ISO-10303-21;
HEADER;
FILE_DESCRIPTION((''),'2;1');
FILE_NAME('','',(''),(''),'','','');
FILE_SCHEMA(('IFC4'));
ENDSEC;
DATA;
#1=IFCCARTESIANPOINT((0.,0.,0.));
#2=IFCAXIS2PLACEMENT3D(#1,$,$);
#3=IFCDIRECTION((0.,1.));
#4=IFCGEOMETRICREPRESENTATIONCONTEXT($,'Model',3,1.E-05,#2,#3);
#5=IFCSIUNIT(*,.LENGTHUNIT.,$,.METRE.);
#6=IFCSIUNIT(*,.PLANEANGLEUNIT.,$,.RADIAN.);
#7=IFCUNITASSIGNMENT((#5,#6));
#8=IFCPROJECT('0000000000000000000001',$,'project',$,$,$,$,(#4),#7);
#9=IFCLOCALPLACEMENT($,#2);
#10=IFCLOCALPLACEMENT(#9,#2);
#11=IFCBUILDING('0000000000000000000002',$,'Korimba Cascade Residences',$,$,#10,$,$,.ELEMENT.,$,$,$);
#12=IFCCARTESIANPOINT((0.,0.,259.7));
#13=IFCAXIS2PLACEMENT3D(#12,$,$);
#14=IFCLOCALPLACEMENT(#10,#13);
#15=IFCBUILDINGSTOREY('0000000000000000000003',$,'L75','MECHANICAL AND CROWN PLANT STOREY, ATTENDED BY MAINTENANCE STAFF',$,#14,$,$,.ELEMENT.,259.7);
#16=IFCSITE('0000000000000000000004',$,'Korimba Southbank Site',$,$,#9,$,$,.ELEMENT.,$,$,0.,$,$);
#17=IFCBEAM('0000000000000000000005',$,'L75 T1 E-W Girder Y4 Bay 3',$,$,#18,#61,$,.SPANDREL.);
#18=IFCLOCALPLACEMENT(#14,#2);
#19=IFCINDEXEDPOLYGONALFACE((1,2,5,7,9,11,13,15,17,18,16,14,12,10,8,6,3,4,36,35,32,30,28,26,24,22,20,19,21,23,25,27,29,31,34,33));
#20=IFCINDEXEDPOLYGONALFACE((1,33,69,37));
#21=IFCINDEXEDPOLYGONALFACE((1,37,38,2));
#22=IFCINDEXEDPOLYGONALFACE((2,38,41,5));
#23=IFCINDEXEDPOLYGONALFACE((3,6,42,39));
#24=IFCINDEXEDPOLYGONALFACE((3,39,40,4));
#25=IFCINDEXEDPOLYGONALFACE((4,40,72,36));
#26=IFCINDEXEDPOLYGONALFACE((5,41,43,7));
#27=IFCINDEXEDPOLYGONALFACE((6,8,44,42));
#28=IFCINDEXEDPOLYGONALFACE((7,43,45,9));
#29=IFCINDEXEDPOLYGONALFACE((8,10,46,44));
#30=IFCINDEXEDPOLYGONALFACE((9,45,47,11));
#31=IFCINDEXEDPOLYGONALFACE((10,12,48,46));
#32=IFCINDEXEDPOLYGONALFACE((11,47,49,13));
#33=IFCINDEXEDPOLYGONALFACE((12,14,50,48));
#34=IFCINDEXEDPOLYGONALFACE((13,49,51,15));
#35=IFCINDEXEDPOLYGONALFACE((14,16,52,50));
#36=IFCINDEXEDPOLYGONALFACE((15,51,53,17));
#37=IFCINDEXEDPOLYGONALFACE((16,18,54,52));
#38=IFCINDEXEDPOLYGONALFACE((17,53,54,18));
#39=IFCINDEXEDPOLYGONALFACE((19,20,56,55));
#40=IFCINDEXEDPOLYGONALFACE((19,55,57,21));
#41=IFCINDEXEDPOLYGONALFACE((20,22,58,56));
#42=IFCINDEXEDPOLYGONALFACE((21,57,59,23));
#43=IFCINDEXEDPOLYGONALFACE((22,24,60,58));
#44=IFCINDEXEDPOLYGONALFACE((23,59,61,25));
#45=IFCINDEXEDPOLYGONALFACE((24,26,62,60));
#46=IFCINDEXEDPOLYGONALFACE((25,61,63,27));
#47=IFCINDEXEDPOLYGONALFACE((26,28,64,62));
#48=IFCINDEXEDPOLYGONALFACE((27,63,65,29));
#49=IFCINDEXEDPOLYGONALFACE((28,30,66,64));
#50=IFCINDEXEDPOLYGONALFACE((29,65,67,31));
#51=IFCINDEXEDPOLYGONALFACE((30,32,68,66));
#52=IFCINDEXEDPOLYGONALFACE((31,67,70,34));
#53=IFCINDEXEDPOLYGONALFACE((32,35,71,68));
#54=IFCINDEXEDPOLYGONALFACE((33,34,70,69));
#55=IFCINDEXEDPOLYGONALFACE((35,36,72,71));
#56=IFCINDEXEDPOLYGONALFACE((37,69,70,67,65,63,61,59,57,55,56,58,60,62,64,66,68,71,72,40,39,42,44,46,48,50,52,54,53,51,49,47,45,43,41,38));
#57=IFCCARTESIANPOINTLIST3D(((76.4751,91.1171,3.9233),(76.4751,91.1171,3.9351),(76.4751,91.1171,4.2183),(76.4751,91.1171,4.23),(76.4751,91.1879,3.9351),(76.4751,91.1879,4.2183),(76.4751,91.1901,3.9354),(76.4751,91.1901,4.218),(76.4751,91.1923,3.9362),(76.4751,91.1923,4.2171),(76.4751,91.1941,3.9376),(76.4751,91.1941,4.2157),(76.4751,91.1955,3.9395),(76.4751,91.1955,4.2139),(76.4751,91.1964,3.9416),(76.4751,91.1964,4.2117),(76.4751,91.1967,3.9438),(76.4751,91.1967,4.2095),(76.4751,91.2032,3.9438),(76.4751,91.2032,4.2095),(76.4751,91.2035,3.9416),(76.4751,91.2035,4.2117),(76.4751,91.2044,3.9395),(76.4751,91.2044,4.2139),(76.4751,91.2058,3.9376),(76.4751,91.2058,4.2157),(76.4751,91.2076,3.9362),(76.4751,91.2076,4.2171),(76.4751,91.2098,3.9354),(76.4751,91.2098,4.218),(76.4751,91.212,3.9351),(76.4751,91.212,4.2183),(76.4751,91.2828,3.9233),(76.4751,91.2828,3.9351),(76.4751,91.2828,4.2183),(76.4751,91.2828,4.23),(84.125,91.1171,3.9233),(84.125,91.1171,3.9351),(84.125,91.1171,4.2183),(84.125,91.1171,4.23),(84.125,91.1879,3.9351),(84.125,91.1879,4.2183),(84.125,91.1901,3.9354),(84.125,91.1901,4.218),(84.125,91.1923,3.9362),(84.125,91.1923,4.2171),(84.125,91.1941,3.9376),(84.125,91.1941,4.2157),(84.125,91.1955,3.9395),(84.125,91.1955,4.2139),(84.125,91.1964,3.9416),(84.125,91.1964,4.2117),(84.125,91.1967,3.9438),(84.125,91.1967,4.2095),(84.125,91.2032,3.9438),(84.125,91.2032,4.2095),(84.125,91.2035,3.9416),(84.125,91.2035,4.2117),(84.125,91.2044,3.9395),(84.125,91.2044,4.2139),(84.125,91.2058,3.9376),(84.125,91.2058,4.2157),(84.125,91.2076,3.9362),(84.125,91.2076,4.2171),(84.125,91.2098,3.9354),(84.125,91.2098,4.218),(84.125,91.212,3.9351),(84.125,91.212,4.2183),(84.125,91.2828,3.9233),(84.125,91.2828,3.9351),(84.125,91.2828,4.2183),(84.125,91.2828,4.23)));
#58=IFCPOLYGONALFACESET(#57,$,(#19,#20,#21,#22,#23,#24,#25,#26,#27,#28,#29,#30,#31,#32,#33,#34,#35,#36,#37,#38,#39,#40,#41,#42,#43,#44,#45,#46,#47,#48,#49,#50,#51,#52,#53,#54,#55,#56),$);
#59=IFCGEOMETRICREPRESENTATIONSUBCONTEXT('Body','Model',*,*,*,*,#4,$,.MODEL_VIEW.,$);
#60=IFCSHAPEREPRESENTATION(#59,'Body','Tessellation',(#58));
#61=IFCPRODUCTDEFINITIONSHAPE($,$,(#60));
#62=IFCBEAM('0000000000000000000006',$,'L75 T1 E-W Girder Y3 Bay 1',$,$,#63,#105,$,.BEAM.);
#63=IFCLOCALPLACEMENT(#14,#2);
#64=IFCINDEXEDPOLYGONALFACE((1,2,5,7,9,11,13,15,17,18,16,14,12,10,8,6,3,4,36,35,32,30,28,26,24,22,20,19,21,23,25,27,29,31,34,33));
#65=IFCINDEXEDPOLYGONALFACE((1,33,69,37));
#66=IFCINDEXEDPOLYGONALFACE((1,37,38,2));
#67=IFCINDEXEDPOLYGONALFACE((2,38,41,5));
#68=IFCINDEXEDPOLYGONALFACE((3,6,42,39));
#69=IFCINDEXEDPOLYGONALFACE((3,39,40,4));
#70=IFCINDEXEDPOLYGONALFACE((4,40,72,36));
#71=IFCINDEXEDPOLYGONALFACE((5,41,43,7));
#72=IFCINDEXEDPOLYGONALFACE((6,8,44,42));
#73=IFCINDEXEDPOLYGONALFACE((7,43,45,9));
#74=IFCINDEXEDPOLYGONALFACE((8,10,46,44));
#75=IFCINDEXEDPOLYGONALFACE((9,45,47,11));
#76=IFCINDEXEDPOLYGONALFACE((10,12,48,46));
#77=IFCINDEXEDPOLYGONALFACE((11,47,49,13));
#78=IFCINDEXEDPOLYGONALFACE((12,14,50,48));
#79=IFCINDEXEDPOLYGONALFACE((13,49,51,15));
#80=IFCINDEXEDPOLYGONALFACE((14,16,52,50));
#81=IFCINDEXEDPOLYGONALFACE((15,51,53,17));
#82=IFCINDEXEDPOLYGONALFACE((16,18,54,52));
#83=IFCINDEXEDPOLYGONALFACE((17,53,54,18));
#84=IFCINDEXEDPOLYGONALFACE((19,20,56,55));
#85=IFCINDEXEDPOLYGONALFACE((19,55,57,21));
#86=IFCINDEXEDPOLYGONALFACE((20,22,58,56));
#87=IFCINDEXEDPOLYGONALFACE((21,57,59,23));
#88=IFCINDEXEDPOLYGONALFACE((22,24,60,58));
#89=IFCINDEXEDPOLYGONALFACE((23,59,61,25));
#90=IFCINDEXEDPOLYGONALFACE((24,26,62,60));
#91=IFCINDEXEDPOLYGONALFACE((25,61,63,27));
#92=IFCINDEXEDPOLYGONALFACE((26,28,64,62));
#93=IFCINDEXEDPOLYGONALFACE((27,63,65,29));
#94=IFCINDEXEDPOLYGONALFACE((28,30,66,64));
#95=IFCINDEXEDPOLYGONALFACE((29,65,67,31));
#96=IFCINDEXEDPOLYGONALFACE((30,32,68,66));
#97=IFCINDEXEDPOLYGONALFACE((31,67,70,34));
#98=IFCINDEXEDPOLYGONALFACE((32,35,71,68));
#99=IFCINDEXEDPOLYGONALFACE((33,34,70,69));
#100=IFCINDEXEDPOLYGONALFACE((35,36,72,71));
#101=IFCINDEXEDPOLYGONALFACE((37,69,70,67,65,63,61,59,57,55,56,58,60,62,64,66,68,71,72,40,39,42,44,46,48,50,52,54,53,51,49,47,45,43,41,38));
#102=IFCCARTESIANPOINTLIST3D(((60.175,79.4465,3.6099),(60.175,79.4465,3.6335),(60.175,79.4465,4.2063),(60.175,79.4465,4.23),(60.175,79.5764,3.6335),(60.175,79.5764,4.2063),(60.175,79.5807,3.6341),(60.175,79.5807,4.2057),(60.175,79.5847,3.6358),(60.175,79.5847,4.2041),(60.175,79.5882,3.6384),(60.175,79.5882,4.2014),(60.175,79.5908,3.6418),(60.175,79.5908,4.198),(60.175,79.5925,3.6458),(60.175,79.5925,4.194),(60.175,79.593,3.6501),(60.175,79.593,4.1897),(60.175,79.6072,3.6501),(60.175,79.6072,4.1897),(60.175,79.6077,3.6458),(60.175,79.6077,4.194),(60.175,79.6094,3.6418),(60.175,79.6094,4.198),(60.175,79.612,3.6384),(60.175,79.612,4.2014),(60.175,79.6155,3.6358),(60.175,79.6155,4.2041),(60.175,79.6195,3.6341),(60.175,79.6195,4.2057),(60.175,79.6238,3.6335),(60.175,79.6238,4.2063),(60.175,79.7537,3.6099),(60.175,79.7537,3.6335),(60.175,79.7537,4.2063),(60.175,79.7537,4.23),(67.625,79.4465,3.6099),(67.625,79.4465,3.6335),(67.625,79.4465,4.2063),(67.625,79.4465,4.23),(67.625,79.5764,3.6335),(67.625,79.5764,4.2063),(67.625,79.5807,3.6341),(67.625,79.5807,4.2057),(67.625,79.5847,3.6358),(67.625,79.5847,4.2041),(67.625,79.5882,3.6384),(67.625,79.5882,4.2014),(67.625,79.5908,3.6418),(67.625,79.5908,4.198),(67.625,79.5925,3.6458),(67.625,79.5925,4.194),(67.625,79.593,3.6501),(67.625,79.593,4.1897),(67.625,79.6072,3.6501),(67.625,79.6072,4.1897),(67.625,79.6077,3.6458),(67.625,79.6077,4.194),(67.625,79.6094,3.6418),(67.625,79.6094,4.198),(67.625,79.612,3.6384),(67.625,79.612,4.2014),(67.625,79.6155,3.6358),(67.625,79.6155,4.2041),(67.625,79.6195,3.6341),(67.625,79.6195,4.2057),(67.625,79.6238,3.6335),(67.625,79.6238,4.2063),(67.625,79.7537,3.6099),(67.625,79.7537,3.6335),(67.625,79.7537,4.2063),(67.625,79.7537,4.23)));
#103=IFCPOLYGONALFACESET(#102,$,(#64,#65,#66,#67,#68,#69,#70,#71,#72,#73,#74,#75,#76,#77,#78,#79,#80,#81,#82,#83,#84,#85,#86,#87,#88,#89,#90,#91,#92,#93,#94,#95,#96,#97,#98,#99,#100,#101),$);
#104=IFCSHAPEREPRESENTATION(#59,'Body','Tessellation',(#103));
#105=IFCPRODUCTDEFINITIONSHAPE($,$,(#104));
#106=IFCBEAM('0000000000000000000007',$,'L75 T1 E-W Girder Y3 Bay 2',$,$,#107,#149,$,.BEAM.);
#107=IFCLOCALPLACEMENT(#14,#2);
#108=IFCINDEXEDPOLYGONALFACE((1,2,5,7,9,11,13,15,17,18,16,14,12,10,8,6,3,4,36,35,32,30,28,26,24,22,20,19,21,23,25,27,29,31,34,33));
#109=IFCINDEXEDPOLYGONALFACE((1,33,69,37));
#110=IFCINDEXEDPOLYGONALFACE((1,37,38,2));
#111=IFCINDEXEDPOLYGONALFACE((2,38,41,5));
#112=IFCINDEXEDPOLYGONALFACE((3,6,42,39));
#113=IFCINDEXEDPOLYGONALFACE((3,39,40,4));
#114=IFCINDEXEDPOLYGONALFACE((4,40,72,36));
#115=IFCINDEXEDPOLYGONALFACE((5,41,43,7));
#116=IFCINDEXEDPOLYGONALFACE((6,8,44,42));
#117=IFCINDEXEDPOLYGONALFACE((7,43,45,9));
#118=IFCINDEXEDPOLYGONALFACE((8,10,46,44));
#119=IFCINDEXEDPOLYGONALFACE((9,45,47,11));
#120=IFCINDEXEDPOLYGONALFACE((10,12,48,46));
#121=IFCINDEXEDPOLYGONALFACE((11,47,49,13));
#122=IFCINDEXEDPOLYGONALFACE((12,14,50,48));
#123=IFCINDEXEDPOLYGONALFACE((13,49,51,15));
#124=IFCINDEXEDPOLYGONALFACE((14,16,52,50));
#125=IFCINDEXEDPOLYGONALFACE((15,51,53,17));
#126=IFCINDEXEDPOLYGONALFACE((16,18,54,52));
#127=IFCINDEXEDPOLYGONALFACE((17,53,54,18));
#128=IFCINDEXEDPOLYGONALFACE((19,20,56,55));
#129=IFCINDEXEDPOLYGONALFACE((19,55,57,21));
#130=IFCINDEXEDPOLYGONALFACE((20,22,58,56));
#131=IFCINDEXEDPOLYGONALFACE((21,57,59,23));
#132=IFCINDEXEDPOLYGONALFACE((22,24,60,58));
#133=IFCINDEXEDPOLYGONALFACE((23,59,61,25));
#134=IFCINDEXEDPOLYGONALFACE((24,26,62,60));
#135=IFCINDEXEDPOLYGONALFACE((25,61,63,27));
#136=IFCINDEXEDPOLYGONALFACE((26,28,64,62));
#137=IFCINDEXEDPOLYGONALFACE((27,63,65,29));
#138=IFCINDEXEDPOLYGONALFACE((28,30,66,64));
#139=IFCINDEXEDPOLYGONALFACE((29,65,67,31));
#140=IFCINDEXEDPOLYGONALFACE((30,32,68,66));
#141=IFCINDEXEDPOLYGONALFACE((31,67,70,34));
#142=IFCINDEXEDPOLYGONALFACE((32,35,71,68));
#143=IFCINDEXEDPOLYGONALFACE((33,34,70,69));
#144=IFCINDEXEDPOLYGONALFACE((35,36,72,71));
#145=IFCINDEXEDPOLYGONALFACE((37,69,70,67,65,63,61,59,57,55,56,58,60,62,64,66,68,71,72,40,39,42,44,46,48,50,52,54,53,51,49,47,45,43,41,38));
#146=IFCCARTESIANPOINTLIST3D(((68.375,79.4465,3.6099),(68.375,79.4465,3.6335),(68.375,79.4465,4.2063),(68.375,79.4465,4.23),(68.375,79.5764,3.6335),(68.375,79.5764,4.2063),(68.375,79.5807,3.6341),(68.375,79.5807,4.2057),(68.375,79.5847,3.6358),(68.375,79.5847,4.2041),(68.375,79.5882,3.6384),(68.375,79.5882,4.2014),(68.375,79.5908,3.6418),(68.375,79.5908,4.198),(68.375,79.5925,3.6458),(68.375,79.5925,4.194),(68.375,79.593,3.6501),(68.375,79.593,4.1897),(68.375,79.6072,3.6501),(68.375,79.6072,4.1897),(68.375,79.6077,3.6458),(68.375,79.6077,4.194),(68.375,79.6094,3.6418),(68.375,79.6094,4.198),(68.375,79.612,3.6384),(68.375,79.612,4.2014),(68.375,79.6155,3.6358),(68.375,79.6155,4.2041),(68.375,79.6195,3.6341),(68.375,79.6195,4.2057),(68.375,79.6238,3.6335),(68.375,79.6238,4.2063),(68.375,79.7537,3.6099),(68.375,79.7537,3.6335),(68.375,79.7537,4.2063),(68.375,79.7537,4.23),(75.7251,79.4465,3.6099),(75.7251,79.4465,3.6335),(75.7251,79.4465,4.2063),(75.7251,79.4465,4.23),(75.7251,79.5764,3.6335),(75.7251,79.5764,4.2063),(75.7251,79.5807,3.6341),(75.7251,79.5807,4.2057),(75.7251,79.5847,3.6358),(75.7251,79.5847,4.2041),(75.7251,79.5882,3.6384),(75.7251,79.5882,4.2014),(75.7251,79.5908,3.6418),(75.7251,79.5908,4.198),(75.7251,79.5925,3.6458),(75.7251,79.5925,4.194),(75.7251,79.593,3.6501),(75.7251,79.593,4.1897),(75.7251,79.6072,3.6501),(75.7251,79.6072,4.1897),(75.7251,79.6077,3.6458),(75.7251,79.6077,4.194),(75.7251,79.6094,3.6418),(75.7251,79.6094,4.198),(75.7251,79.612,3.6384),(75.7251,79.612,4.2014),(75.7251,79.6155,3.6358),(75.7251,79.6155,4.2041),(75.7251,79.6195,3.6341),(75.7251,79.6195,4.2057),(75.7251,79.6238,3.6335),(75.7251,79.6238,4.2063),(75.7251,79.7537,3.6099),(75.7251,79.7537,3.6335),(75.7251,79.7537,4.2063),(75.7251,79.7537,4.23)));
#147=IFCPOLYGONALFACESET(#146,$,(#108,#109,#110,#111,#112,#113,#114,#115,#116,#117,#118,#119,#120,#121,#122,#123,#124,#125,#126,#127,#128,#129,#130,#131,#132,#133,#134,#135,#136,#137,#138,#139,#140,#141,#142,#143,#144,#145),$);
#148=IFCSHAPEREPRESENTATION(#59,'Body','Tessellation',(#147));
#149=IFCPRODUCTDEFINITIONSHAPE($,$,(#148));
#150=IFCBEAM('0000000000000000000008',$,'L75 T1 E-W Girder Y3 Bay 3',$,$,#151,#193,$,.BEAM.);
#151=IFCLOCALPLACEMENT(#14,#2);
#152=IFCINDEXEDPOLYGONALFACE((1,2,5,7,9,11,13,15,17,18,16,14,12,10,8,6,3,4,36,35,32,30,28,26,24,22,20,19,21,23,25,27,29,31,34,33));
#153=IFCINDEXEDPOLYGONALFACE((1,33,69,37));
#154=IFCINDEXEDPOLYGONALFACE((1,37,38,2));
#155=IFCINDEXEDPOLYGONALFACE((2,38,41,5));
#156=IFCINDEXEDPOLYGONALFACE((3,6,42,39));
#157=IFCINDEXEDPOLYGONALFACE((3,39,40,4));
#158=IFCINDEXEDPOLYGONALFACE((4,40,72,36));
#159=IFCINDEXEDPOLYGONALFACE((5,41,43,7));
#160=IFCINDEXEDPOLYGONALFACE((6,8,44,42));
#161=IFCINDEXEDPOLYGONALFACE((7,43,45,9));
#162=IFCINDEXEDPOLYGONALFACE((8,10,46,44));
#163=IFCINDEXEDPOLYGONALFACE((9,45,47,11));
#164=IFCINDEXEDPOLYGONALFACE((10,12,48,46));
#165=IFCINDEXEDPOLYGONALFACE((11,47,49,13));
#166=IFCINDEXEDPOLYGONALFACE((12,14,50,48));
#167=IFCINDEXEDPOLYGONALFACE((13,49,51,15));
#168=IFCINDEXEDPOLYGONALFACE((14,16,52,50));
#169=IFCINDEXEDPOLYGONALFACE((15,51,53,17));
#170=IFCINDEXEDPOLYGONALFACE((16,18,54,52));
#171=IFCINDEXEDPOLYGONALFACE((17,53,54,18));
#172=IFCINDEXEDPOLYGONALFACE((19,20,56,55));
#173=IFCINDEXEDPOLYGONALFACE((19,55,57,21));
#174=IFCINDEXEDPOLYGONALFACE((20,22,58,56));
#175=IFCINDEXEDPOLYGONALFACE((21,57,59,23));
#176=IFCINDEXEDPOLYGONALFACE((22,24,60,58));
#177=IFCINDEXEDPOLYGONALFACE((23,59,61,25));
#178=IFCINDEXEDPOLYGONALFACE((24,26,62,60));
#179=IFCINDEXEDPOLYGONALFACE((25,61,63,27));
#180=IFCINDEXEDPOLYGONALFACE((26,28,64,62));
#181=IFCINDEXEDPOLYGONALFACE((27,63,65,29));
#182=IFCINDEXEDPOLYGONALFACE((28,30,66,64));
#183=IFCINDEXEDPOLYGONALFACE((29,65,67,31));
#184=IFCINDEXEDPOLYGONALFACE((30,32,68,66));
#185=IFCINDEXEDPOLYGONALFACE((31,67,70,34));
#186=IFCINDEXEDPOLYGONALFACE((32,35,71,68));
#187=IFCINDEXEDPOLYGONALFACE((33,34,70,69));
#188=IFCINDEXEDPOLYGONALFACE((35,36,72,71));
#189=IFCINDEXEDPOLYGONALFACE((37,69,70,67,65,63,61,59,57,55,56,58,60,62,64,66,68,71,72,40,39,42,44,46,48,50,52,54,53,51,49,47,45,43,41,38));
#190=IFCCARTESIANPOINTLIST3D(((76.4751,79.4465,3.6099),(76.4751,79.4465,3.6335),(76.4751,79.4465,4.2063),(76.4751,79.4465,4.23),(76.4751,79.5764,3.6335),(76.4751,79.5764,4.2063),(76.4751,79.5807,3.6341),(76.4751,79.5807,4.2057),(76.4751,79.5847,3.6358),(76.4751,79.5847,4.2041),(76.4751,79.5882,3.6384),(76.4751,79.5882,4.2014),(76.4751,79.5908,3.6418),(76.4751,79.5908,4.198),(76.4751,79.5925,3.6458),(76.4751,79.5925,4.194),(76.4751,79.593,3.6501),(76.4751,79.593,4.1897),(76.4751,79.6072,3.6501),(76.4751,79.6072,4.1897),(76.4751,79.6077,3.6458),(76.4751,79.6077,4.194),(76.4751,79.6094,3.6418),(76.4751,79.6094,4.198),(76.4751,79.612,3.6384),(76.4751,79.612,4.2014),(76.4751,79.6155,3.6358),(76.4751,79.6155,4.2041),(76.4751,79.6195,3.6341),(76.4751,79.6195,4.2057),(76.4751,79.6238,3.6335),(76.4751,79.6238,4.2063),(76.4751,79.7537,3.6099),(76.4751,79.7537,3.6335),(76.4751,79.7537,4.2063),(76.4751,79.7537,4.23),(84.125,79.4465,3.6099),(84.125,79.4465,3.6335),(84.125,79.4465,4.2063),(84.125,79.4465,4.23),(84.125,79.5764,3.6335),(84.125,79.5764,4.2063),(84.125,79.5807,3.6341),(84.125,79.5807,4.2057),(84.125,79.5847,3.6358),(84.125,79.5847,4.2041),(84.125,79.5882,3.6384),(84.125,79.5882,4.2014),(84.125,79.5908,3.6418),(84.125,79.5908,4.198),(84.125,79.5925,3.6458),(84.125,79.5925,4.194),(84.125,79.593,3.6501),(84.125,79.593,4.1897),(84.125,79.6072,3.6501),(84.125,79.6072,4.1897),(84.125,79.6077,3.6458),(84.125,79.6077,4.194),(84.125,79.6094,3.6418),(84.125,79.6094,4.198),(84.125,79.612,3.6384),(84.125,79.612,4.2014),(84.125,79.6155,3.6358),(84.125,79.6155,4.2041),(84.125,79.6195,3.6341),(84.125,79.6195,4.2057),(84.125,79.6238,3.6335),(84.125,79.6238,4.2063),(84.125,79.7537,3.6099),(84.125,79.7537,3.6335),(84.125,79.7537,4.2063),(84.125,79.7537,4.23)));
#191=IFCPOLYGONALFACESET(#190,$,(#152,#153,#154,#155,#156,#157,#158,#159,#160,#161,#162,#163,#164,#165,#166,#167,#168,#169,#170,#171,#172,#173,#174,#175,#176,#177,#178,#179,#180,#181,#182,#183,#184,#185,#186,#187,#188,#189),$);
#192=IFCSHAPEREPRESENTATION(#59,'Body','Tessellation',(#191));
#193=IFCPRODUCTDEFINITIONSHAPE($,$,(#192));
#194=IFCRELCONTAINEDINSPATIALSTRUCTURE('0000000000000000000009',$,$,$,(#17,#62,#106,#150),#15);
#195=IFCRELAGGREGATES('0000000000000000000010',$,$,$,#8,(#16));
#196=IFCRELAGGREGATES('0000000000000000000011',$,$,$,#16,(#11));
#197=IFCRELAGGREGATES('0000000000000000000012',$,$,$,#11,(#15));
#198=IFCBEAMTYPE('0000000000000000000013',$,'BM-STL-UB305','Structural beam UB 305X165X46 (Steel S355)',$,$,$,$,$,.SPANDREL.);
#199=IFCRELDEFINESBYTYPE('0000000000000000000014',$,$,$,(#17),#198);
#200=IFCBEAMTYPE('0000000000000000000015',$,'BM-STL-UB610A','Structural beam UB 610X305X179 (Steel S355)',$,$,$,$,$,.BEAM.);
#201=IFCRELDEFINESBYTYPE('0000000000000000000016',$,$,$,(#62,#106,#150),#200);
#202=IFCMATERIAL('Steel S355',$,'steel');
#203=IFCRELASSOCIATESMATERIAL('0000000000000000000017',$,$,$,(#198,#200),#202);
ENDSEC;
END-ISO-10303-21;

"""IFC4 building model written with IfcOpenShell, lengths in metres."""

from ifc_helpers import new_model, si_unit, direction, frame, origin, origin_2d, place, context, subcontext, project, spatial, i_section, extrude, material, material_profile, profile_set, type_object, element, save


model = new_model("IFC4")

# Units and contexts
model_context = context("Model", 3, precision=1e-05, world=origin(), true_north=direction((0.0, 1.0)))
body_context = subcontext(model_context, "Body", "Model", "MODEL_VIEW")
ifc_project = project(units=[si_unit("LENGTHUNIT", "METRE"), si_unit("PLANEANGLEUNIT", "RADIAN")], contexts=[model_context])

# Site, building, storey
site_placement = place(None, origin())
site = spatial("IfcSite", under=ifc_project, at=site_placement, Name="Korimba Southbank Site", CompositionType="ELEMENT", RefElevation=0.0)
building_placement = place(site_placement, origin())
building = spatial("IfcBuilding", under=site, at=building_placement, Name="Korimba Cascade Residences", CompositionType="ELEMENT")
storey_placement = place(building_placement, frame((0.0, 0.0, 259.7)))
storey = spatial("IfcBuildingStorey", under=building, at=storey_placement, Name="L75", Description="MECHANICAL AND CROWN PLANT STOREY, ATTENDED BY MAINTENANCE STAFF", CompositionType="ELEMENT", Elevation=259.7)

# Beams
ifc_material_1 = material(Name="Steel S355", Category="steel")
ifc_material_profile_1 = material_profile(ifc_material_1, i_section(OverallWidth=0.1658, OverallDepth=0.3066, WebThickness=0.0066, FlangeThickness=0.0117, FilletRadius=0.0088, at=origin_2d()), Name="Steel S355")
ifc_profile_set_1 = profile_set([ifc_material_profile_1], Name="Steel S355")
beam_type_1 = type_object("IfcBeamType", Name="BM-STL-UB305", Description="Structural beam UB 305X165X46 (Steel S355)", PredefinedType="SPANDREL", material=ifc_profile_set_1)
beam_1_placement = place(storey_placement, frame((76.4751, 91.2, 4.0767), z_axis=(1.0, 0.0, 0.0), x_axis=(0.0, 1.0, 0.0)))
element("IfcBeam", 1, at=beam_1_placement, inside=storey, type_object=beam_type_1, Name="L75 T1 E-W Girder Y4 Bay 3", PredefinedType="SPANDREL", context=body_context, shape_type="SweptSolid", body=[
    extrude(i_section(OverallWidth=0.1658, OverallDepth=0.3066, WebThickness=0.0066, FlangeThickness=0.0117, FilletRadius=0.0088, at=origin_2d()), origin(), (0.0, 0.0, 1.0), 7.6499),
])
ifc_material_profile_2 = material_profile(ifc_material_1, i_section(OverallWidth=0.3071, OverallDepth=0.6201, WebThickness=0.0142, FlangeThickness=0.0237, FilletRadius=0.0166, at=origin_2d()), Name="Steel S355")
ifc_profile_set_2 = profile_set([ifc_material_profile_2], Name="Steel S355")
beam_type_2 = type_object("IfcBeamType", Name="BM-STL-UB610A", Description="Structural beam UB 610X305X179 (Steel S355)", PredefinedType="BEAM", material=ifc_profile_set_2)
beam_2_placement = place(storey_placement, frame((60.175, 79.6001, 3.9199), z_axis=(1.0, 0.0, 0.0), x_axis=(0.0, 1.0, 0.0)))
element("IfcBeam", 2, at=beam_2_placement, inside=storey, type_object=beam_type_2, Name="L75 T1 E-W Girder Y3 Bay 1", PredefinedType="BEAM", context=body_context, shape_type="SweptSolid", body=[
    extrude(i_section(OverallWidth=0.3071, OverallDepth=0.6201, WebThickness=0.0142, FlangeThickness=0.0237, FilletRadius=0.0166, at=origin_2d()), origin(), (0.0, 0.0, 1.0), 7.45),
])
beam_3_placement = place(storey_placement, frame((68.375, 79.6001, 3.9199), z_axis=(1.0, 0.0, 0.0), x_axis=(0.0, 1.0, 0.0)))
element("IfcBeam", 3, at=beam_3_placement, inside=storey, type_object=beam_type_2, Name="L75 T1 E-W Girder Y3 Bay 2", PredefinedType="BEAM", context=body_context, shape_type="SweptSolid", body=[
    extrude(i_section(OverallWidth=0.3071, OverallDepth=0.6201, WebThickness=0.0142, FlangeThickness=0.0237, FilletRadius=0.0166, at=origin_2d()), origin(), (0.0, 0.0, 1.0), 7.3501),
])
beam_4_placement = place(storey_placement, frame((76.4751, 79.6001, 3.9199), z_axis=(1.0, 0.0, 0.0), x_axis=(0.0, 1.0, 0.0)))
element("IfcBeam", 4, at=beam_4_placement, inside=storey, type_object=beam_type_2, Name="L75 T1 E-W Girder Y3 Bay 3", PredefinedType="BEAM", context=body_context, shape_type="SweptSolid", body=[
    extrude(i_section(OverallWidth=0.3071, OverallDepth=0.6201, WebThickness=0.0142, FlangeThickness=0.0237, FilletRadius=0.0166, at=origin_2d()), origin(), (0.0, 0.0, 1.0), 7.6499),
])

save(model, "model.ifc")
